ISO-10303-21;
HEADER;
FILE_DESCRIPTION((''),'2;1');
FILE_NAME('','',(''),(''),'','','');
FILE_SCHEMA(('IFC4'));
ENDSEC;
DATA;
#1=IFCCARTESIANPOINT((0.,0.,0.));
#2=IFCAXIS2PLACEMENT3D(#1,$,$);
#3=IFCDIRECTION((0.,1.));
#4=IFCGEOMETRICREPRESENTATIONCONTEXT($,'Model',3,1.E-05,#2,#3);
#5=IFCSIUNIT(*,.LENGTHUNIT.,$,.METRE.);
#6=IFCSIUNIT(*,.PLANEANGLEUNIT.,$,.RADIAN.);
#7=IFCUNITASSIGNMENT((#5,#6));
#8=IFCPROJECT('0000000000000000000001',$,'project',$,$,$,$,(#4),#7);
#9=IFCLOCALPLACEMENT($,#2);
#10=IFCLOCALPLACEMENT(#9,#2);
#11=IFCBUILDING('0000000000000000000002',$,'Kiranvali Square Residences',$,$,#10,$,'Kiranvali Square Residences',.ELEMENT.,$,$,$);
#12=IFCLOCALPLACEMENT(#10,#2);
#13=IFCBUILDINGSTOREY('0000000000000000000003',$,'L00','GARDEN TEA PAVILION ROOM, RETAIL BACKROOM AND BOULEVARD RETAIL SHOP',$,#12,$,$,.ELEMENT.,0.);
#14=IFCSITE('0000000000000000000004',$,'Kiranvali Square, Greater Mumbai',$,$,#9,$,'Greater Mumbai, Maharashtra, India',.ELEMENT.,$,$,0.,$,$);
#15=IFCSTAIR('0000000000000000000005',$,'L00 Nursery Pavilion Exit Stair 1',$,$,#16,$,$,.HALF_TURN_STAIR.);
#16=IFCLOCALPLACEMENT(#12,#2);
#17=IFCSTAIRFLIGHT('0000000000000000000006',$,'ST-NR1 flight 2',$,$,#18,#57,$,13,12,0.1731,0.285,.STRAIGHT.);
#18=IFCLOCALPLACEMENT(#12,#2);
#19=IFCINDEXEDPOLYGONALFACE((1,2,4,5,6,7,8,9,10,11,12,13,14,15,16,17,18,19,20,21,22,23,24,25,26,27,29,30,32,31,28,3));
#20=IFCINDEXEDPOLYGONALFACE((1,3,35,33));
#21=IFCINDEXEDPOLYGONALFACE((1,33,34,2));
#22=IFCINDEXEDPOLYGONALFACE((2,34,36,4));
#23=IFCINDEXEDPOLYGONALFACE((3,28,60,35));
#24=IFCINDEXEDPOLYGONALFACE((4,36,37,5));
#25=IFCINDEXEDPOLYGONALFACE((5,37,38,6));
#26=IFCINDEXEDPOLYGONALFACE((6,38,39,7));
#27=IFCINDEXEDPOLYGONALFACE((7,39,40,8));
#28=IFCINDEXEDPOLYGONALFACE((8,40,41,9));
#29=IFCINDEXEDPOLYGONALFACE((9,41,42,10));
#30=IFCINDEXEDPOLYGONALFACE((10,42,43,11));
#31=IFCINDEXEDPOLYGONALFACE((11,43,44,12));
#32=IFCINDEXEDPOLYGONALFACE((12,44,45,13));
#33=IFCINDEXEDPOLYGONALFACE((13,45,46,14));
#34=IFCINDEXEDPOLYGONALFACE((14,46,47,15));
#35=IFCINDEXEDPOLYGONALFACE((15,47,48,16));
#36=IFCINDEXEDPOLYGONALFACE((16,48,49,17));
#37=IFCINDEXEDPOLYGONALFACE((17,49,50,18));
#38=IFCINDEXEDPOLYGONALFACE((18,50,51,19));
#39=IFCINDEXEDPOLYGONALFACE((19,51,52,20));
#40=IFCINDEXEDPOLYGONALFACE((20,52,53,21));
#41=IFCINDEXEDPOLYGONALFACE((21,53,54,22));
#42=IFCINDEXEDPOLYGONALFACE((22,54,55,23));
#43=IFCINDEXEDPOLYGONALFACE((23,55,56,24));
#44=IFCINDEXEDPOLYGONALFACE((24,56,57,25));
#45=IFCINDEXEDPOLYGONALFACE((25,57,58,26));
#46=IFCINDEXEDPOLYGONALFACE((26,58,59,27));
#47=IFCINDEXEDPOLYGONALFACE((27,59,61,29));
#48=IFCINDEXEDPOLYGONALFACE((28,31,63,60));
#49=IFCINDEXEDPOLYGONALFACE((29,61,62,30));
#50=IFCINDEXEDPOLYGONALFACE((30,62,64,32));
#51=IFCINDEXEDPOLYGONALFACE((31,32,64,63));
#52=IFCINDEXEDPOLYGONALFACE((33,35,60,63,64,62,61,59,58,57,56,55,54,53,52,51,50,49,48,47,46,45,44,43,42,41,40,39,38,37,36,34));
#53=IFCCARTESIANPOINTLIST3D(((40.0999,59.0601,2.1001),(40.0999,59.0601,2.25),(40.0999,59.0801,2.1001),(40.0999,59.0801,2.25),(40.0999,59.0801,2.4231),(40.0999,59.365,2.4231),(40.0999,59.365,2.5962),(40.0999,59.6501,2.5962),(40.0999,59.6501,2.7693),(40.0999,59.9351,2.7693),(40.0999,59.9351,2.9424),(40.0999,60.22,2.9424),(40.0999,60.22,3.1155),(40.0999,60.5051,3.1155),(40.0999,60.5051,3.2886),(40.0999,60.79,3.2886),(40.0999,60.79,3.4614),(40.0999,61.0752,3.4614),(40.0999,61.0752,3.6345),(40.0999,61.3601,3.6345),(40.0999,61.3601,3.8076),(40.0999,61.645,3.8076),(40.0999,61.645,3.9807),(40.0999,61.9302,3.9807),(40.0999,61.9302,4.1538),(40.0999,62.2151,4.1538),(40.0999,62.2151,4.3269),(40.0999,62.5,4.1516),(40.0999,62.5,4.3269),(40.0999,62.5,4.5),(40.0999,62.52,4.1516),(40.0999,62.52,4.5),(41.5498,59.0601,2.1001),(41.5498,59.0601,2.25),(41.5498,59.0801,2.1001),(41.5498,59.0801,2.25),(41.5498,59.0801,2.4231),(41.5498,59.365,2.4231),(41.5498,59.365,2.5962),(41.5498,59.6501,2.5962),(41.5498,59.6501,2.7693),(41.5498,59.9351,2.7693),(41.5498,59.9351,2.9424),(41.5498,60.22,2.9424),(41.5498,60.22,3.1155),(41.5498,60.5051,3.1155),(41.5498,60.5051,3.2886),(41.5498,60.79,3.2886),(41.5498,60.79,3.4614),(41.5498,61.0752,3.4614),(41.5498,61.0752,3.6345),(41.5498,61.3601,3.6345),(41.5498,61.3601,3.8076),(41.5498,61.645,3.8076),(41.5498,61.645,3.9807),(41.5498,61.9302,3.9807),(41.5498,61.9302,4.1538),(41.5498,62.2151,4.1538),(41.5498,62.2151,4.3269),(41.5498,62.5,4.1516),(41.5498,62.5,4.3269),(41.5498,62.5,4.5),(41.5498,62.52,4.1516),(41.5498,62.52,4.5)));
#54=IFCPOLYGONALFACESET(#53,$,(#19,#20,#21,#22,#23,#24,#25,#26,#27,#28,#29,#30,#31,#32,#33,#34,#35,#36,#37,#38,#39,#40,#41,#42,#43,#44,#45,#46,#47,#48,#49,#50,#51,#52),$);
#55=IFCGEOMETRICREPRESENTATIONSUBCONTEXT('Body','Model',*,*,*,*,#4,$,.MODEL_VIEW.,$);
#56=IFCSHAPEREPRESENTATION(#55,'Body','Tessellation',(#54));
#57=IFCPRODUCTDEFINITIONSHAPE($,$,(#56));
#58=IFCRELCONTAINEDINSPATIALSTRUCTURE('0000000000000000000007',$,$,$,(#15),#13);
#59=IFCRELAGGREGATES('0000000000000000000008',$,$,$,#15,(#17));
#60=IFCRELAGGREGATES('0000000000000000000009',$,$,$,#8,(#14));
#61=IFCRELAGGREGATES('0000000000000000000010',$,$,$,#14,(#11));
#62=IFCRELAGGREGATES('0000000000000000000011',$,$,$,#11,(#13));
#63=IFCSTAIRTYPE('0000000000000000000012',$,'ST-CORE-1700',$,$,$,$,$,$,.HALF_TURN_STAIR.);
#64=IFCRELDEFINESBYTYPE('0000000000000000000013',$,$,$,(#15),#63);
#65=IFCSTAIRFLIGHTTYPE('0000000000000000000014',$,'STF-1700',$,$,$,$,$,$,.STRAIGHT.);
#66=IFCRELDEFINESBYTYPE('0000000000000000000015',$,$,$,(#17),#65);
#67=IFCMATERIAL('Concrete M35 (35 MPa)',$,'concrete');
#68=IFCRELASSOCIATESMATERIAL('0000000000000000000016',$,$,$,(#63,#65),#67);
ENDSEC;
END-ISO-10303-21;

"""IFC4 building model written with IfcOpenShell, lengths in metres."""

from ifc_helpers import new_model, si_unit, direction, frame, origin, place, context, subcontext, project, spatial, polyline, outline, extrude, material, type_object, element, aggregate, save


model = new_model("IFC4")

# Units and contexts
model_context = context("Model", 3, precision=1e-05, world=origin(), true_north=direction((0.0, 1.0)))
body_context = subcontext(model_context, "Body", "Model", "MODEL_VIEW")
ifc_project = project(units=[si_unit("LENGTHUNIT", "METRE"), si_unit("PLANEANGLEUNIT", "RADIAN")], contexts=[model_context])

# Site, building, storey
site_placement = place(None, origin())
site = spatial("IfcSite", under=ifc_project, at=site_placement, Name="Kiranvali Square, Greater Mumbai", LongName="Greater Mumbai, Maharashtra, India", CompositionType="ELEMENT", RefElevation=0.0)
building_placement = place(site_placement, origin())
building = spatial("IfcBuilding", under=site, at=building_placement, Name="Kiranvali Square Residences", LongName="Kiranvali Square Residences", CompositionType="ELEMENT")
storey_placement = place(building_placement, origin())
storey = spatial("IfcBuildingStorey", under=building, at=storey_placement, Name="L00", Description="GARDEN TEA PAVILION ROOM, RETAIL BACKROOM AND BOULEVARD RETAIL SHOP", CompositionType="ELEMENT", Elevation=0.0)

# Stair, stair flight
ifc_material_1 = material(Name="Concrete M35 (35 MPa)", Category="concrete")
stair_type = type_object("IfcStairType", Name="ST-CORE-1700", PredefinedType="HALF_TURN_STAIR", material=ifc_material_1)
stair_placement = place(storey_placement, origin())
stair = element("IfcStair", 1, at=stair_placement, inside=storey, type_object=stair_type, Name="L00 Nursery Pavilion Exit Stair 1", PredefinedType="HALF_TURN_STAIR")
stair_flight_type = type_object("IfcStairFlightType", Name="STF-1700", PredefinedType="STRAIGHT", material=ifc_material_1)
stair_flight_placement = place(storey_placement, frame((40.825, 59.0801, 2.25), z_axis=(0.0, 0.0, 1.0), x_axis=(0.0, 1.0, 0.0)))
stair_flight = element("IfcStairFlight", 2, at=stair_flight_placement, type_object=stair_flight_type, Name="ST-NR1 flight 2", NumberOfRisers=13, NumberOfTreads=12, PredefinedType="STRAIGHT", RiserHeight=0.1731, TreadLength=0.285, context=body_context, shape_type="SweptSolid", body=[
    extrude(outline(polyline([(-0.02, -0.1499), (-0.02, 0.0), (0.0, 0.0), (0.0, 0.1731), (0.2849, 0.1731), (0.2849, 0.3462), (0.5701, 0.3462), (0.5701, 0.5193), (0.855, 0.5193), (0.855, 0.6924), (1.1399, 0.6924), (1.1399, 0.8655), (1.425, 0.8655), (1.425, 1.0386), (1.71, 1.0386), (1.71, 1.2114), (1.9951, 1.2114), (1.9951, 1.3845), (2.28, 1.3845), (2.28, 1.5576), (2.5649, 1.5576), (2.5649, 1.7307), (2.8501, 1.7307), (2.8501, 1.9038), (3.135, 1.9038), (3.135, 2.0769), (3.4199, 2.0769), (3.4199, 2.25), (3.4399, 2.25), (3.4399, 1.9016), (3.4199, 1.9016), (0.0, -0.1499), (-0.02, -0.1499)])), frame((0.0, 0.7251, 0.0), z_axis=(0.0, -1.0, 0.0), x_axis=(1.0, 0.0, 0.0)), (0.0, 0.0, 1.0), 1.45),
])
aggregate(stair, [stair_flight])

save(model, "model.ifc")
